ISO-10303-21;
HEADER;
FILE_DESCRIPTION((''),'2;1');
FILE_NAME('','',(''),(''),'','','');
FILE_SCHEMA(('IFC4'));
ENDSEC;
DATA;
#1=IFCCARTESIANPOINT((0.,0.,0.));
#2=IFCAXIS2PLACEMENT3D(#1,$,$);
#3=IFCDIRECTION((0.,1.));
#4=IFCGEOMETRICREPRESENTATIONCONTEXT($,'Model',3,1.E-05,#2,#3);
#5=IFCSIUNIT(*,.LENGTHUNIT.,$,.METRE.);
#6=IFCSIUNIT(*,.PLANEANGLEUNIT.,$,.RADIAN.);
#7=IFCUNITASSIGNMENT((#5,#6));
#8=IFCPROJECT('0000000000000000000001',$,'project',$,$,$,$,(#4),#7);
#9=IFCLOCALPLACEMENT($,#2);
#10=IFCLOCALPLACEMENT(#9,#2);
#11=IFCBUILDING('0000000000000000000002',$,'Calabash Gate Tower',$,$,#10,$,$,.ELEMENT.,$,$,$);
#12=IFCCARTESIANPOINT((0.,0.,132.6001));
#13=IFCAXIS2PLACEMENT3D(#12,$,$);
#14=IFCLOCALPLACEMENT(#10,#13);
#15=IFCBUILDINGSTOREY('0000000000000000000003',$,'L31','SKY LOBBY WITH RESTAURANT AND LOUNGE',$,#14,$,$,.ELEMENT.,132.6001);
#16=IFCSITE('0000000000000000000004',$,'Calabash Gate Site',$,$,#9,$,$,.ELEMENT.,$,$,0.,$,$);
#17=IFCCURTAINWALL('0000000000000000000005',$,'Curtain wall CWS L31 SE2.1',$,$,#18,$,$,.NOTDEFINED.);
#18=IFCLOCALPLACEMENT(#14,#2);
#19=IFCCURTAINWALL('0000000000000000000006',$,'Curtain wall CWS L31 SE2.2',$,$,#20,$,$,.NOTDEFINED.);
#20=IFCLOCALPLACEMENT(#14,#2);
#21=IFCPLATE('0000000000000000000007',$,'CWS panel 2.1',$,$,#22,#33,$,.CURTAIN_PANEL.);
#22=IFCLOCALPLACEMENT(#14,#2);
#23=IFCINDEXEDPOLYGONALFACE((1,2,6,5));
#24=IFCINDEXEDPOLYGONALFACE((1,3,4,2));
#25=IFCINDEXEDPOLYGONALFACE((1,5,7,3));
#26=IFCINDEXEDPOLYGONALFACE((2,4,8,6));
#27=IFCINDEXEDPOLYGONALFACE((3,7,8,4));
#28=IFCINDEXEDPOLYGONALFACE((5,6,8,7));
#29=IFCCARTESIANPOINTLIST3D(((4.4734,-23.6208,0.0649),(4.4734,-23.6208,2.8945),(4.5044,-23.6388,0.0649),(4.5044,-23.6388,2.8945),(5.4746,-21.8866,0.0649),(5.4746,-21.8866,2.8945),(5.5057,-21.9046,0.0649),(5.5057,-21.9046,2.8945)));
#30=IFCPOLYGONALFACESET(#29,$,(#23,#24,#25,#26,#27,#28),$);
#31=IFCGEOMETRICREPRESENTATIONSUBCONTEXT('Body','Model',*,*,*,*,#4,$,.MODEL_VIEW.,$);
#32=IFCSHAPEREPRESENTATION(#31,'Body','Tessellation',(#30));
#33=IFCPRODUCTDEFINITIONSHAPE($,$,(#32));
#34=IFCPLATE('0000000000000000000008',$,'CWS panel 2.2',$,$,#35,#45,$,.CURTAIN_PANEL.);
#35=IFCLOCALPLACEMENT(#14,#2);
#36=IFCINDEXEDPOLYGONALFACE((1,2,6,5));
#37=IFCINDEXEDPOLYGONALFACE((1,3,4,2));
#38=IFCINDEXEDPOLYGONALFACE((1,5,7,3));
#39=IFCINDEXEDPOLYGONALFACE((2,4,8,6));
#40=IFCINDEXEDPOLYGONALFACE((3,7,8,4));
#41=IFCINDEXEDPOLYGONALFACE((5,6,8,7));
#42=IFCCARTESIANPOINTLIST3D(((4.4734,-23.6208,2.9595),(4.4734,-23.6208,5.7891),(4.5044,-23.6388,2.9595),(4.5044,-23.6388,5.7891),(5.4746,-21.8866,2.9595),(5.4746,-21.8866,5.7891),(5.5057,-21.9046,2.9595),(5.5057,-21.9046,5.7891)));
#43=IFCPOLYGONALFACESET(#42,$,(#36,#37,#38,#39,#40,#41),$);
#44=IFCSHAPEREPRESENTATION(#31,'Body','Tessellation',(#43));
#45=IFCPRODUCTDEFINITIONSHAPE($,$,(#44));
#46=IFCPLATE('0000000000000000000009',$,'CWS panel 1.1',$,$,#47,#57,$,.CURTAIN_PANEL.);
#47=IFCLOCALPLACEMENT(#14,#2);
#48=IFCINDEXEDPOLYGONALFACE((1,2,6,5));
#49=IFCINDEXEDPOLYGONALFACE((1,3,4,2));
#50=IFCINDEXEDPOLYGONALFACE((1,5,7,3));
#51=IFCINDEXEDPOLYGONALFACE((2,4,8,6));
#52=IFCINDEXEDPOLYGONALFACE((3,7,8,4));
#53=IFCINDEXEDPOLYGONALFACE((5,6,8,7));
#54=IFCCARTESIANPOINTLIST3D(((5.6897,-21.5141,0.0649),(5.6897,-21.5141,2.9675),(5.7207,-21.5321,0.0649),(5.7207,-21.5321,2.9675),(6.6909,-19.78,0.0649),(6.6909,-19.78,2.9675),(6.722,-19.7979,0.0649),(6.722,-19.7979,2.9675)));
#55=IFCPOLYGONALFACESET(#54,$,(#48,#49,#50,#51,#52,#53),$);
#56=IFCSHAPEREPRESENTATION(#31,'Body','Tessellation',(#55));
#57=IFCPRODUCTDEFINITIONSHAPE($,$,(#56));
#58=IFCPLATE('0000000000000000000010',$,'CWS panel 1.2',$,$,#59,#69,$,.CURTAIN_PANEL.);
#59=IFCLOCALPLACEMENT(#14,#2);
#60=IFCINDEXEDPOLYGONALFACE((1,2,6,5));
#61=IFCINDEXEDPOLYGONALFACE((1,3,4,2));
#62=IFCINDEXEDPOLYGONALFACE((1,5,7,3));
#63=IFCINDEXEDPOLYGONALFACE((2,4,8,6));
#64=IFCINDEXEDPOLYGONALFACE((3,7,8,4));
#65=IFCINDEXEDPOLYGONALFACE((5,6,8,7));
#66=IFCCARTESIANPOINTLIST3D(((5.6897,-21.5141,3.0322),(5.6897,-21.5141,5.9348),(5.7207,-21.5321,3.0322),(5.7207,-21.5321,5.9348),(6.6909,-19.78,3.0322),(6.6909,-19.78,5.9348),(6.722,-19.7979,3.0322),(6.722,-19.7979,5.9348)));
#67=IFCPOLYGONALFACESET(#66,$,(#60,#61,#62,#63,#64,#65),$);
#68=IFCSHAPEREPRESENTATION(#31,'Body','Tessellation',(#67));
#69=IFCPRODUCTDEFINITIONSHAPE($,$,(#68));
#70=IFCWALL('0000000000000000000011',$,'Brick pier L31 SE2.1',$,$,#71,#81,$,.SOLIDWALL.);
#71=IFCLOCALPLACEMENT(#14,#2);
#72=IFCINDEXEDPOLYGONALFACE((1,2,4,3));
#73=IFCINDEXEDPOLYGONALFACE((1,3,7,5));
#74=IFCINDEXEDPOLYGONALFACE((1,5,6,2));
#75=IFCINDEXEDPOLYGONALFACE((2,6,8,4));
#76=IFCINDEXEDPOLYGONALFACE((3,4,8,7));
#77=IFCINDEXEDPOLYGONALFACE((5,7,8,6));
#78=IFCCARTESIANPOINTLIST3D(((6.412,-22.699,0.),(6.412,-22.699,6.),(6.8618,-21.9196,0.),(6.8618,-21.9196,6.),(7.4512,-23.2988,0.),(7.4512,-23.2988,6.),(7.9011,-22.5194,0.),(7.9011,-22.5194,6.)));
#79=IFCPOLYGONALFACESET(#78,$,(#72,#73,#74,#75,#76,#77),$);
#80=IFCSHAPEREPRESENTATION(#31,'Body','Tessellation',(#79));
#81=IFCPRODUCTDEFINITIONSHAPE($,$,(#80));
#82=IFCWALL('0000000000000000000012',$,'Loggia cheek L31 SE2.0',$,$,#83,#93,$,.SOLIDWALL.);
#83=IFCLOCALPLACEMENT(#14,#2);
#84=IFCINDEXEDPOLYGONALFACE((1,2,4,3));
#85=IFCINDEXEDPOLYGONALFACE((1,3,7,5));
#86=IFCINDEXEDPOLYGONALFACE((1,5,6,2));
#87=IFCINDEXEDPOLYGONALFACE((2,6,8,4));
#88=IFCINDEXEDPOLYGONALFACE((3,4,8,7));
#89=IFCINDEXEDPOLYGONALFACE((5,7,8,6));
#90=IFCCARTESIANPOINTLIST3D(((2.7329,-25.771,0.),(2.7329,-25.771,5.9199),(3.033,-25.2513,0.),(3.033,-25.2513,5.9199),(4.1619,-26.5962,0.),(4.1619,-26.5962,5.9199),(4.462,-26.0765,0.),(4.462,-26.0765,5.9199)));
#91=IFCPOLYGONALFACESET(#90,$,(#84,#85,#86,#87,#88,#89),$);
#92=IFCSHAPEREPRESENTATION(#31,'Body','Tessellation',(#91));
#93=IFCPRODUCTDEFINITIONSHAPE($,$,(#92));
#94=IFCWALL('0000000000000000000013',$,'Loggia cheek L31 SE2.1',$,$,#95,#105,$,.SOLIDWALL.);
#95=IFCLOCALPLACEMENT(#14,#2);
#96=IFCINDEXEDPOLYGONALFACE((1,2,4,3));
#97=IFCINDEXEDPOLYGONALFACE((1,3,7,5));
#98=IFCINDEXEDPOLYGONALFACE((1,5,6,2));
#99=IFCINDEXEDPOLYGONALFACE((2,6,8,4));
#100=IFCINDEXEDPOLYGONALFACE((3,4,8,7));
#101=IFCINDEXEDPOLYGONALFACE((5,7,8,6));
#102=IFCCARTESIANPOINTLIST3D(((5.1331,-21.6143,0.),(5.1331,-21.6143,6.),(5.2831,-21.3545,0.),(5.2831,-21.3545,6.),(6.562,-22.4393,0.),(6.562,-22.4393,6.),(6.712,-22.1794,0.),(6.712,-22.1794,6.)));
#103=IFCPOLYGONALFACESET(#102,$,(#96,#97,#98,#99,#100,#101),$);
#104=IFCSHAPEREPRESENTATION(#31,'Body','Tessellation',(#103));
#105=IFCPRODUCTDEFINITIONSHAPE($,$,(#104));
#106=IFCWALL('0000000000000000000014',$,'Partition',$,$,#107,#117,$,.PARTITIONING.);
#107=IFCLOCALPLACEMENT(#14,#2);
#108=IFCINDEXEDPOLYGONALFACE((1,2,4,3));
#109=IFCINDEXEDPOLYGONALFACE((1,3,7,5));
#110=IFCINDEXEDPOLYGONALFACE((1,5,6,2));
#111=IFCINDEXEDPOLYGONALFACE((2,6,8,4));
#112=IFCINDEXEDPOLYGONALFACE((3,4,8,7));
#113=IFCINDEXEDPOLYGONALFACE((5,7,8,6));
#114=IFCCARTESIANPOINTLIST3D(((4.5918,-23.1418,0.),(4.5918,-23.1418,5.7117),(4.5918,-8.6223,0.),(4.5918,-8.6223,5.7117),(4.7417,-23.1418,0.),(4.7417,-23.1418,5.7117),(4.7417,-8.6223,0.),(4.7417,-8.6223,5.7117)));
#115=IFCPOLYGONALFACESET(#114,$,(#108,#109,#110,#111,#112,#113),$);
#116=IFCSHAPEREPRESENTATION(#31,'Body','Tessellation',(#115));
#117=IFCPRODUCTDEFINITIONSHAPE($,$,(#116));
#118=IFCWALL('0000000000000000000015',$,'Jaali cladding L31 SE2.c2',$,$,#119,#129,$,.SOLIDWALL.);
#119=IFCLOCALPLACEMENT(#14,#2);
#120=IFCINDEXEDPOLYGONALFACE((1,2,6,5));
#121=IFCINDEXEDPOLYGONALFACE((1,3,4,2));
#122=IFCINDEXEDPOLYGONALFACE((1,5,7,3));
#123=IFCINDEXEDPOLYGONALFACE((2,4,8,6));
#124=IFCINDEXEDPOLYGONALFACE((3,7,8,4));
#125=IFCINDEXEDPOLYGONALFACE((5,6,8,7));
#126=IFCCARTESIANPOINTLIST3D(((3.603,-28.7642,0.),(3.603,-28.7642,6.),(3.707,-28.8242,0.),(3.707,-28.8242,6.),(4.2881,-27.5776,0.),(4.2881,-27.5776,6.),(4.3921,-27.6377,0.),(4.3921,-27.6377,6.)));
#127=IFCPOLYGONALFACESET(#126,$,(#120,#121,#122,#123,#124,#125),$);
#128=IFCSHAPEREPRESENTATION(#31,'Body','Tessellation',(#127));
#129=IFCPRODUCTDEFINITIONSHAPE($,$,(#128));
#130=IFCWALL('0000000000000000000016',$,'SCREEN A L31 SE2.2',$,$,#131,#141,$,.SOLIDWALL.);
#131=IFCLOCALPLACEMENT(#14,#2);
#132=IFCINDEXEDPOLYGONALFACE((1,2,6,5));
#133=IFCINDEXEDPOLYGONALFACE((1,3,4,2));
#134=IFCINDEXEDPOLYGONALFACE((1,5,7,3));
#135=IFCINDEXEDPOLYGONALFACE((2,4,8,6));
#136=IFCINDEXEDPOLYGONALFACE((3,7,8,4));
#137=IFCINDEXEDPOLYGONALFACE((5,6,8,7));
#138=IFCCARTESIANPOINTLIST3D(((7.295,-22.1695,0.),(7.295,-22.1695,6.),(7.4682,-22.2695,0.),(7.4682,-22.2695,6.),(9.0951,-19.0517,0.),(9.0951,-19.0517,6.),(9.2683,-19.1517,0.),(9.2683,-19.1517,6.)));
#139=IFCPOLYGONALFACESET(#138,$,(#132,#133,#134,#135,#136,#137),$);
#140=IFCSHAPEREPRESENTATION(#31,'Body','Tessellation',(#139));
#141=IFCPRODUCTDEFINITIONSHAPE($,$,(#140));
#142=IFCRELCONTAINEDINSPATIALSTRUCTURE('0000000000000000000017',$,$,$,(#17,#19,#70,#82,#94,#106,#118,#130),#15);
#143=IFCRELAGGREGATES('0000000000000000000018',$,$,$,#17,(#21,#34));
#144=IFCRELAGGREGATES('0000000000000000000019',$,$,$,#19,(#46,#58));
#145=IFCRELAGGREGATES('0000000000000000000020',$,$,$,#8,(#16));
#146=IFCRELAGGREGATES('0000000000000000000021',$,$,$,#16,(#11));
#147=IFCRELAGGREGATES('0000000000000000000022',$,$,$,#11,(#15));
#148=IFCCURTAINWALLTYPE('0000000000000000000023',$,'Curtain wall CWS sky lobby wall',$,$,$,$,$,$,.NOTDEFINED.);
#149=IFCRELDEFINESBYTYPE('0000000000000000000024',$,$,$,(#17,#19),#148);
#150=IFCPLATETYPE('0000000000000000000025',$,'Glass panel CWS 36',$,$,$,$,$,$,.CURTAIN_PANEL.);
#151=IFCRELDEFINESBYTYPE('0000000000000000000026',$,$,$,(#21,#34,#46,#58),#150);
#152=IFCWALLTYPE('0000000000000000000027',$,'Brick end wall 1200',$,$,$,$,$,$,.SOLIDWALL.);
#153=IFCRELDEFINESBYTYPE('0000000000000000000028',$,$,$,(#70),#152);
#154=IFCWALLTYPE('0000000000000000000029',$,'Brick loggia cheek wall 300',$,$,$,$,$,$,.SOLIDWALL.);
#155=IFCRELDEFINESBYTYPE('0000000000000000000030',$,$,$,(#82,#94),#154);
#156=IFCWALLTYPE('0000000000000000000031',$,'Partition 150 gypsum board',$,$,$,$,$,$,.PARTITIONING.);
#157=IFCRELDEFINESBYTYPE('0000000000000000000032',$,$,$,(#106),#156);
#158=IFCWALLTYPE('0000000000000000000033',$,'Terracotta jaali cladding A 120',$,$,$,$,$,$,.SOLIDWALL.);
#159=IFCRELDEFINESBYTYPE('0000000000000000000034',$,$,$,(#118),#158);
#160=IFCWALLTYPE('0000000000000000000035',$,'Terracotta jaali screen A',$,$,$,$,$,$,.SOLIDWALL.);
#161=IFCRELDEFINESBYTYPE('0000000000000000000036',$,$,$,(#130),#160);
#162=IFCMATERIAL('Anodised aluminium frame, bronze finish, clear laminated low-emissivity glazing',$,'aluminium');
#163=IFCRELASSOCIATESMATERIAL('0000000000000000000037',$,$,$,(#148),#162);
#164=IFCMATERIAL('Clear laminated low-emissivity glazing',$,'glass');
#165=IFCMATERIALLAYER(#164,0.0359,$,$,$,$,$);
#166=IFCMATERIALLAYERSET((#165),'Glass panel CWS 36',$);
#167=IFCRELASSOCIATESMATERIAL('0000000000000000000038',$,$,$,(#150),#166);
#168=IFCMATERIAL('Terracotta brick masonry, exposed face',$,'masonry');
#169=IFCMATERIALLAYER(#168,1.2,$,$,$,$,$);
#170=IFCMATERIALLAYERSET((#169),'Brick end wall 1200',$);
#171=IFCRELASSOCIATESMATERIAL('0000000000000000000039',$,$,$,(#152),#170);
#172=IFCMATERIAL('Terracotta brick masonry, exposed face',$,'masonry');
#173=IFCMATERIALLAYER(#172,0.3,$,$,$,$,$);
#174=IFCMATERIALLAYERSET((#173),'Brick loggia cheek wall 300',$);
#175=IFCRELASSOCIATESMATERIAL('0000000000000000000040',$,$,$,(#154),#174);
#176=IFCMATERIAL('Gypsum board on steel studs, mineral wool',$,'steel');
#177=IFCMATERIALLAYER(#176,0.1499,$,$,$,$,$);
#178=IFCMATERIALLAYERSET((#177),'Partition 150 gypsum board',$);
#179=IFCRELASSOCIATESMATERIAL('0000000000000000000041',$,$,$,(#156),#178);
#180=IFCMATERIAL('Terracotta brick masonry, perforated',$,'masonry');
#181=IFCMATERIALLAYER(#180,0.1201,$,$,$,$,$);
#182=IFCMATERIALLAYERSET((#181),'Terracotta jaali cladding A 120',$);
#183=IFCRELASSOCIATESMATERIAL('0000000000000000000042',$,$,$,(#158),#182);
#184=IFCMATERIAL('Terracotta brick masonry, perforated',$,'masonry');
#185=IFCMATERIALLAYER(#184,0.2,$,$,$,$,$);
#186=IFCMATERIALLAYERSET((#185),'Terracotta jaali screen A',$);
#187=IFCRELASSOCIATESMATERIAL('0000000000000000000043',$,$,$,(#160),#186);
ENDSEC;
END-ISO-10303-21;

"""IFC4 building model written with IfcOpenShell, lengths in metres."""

from ifc_helpers import new_model, si_unit, direction, frame, frame_2d, origin, origin_2d, place, context, subcontext, project, spatial, rectangle, extrude, material, layer, layer_set, type_object, element, aggregate, save


model = new_model("IFC4")

# Units and contexts
model_context = context("Model", 3, precision=1e-05, world=origin(), true_north=direction((0.0, 1.0)))
body_context = subcontext(model_context, "Body", "Model", "MODEL_VIEW")
ifc_project = project(units=[si_unit("LENGTHUNIT", "METRE"), si_unit("PLANEANGLEUNIT", "RADIAN")], contexts=[model_context])

# Site, building, storey
site_placement = place(None, origin())
site = spatial("IfcSite", under=ifc_project, at=site_placement, Name="Calabash Gate Site", CompositionType="ELEMENT", RefElevation=0.0)
building_placement = place(site_placement, origin())
building = spatial("IfcBuilding", under=site, at=building_placement, Name="Calabash Gate Tower", CompositionType="ELEMENT")
storey_placement = place(building_placement, frame((0.0, 0.0, 132.6001)))
storey = spatial("IfcBuildingStorey", under=building, at=storey_placement, Name="L31", Description="SKY LOBBY WITH RESTAURANT AND LOUNGE", CompositionType="ELEMENT", Elevation=132.6001)

# Curtain walls
ifc_material_1 = material(Name="Anodised aluminium frame, bronze finish, clear laminated low-emissivity glazing", Category="aluminium")
curtain_wall_type = type_object("IfcCurtainWallType", Name="Curtain wall CWS sky lobby wall", PredefinedType="NOTDEFINED", material=ifc_material_1)
curtain_wall_1_placement = place(storey_placement, origin())
curtain_wall_1 = element("IfcCurtainWall", 1, at=curtain_wall_1_placement, inside=storey, type_object=curtain_wall_type, Name="Curtain wall CWS L31 SE2.1", PredefinedType="NOTDEFINED")
curtain_wall_2_placement = place(storey_placement, origin())
curtain_wall_2 = element("IfcCurtainWall", 2, at=curtain_wall_2_placement, inside=storey, type_object=curtain_wall_type, Name="Curtain wall CWS L31 SE2.2", PredefinedType="NOTDEFINED")

# Plates
ifc_material_2 = material(Name="Clear laminated low-emissivity glazing", Category="glass")
ifc_layer_1 = layer(ifc_material_2, 0.0359)
ifc_layer_set_1 = layer_set([ifc_layer_1], Name="Glass panel CWS 36")
plate_type = type_object("IfcPlateType", Name="Glass panel CWS 36", PredefinedType="CURTAIN_PANEL", material=ifc_layer_set_1)
plate_1_placement = place(storey_placement, frame((4.9895, -22.7627, 0.0649), z_axis=(0.0, 0.0, 1.0), x_axis=(0.5, 0.866025, 0.0)))
plate_1 = element("IfcPlate", 3, at=plate_1_placement, type_object=plate_type, Name="CWS panel 2.1", PredefinedType="CURTAIN_PANEL", context=body_context, shape_type="SweptSolid", body=[
    extrude(rectangle(XDim=2.0024, YDim=0.0359, at=origin_2d()), origin(), (0.0, 0.0, 1.0), 2.8296),
])
plate_2_placement = place(storey_placement, frame((4.9895, -22.7627, 2.9595), z_axis=(0.0, 0.0, 1.0), x_axis=(0.5, 0.866025, 0.0)))
plate_2 = element("IfcPlate", 4, at=plate_2_placement, type_object=plate_type, Name="CWS panel 2.2", PredefinedType="CURTAIN_PANEL", context=body_context, shape_type="SweptSolid", body=[
    extrude(rectangle(XDim=2.0024, YDim=0.0359, at=origin_2d()), origin(), (0.0, 0.0, 1.0), 2.8296),
])
aggregate(curtain_wall_1, [plate_1, plate_2])
plate_3_placement = place(storey_placement, frame((6.2058, -20.656, 0.0649), z_axis=(0.0, 0.0, 1.0), x_axis=(0.5, 0.866025, 0.0)))
plate_3 = element("IfcPlate", 5, at=plate_3_placement, type_object=plate_type, Name="CWS panel 1.1", PredefinedType="CURTAIN_PANEL", context=body_context, shape_type="SweptSolid", body=[
    extrude(rectangle(XDim=2.0024, YDim=0.0359, at=origin_2d()), origin(), (0.0, 0.0, 1.0), 2.9026),
])
plate_4_placement = place(storey_placement, frame((6.2058, -20.656, 3.0322), z_axis=(0.0, 0.0, 1.0), x_axis=(0.5, 0.866025, 0.0)))
plate_4 = element("IfcPlate", 6, at=plate_4_placement, type_object=plate_type, Name="CWS panel 1.2", PredefinedType="CURTAIN_PANEL", context=body_context, shape_type="SweptSolid", body=[
    extrude(rectangle(XDim=2.0024, YDim=0.0359, at=origin_2d()), origin(), (0.0, 0.0, 1.0), 2.9026),
])
aggregate(curtain_wall_2, [plate_3, plate_4])

# Walls
ifc_material_3 = material(Name="Terracotta brick masonry, exposed face", Category="masonry")
ifc_layer_2 = layer(ifc_material_3, 1.2)
ifc_layer_set_2 = layer_set([ifc_layer_2], Name="Brick end wall 1200")
wall_type_1 = type_object("IfcWallType", Name="Brick end wall 1200", PredefinedType="SOLIDWALL", material=ifc_layer_set_2)
wall_1_placement = place(storey_placement, frame((7.6763, -22.9092, 0.0), z_axis=(0.0, 0.0, 1.0), x_axis=(-0.866094, 0.499881, 0.0)))
element("IfcWall", 7, at=wall_1_placement, inside=storey, type_object=wall_type_1, Name="Brick pier L31 SE2.1", PredefinedType="SOLIDWALL", context=body_context, shape_type="SweptSolid", body=[
    extrude(rectangle(XDim=1.2, YDim=0.8999, at=frame_2d((0.6001, 0.0))), origin(), (0.0, 0.0, 1.0), 6.0),
])
ifc_material_4 = material(Name="Terracotta brick masonry, exposed face", Category="masonry")
ifc_layer_3 = layer(ifc_material_4, 0.3)
ifc_layer_set_3 = layer_set([ifc_layer_3], Name="Brick loggia cheek wall 300")
wall_type_2 = type_object("IfcWallType", Name="Brick loggia cheek wall 300", PredefinedType="SOLIDWALL", material=ifc_layer_set_3)
wall_2_placement = place(storey_placement, frame((4.312, -26.3364, 0.0), z_axis=(0.0, 0.0, 1.0), x_axis=(-0.865976, 0.500085, 0.0)))
element("IfcWall", 8, at=wall_2_placement, inside=storey, type_object=wall_type_2, Name="Loggia cheek L31 SE2.0", PredefinedType="SOLIDWALL", context=body_context, shape_type="SweptSolid", body=[
    extrude(rectangle(XDim=1.6501, YDim=0.6001, at=frame_2d((0.8252, 0.0))), origin(), (0.0, 0.0, 1.0), 5.9199),
])
wall_3_placement = place(storey_placement, frame((6.637, -22.3093, 0.0), z_axis=(0.0, 0.0, 1.0), x_axis=(-0.86604, 0.499974, 0.0)))
element("IfcWall", 9, at=wall_3_placement, inside=storey, type_object=wall_type_2, Name="Loggia cheek L31 SE2.1", PredefinedType="SOLIDWALL", context=body_context, shape_type="SweptSolid", body=[
    extrude(rectangle(XDim=1.6499, YDim=0.3, at=frame_2d((0.825, 0.0))), origin(), (0.0, 0.0, 1.0), 6.0),
])
ifc_material_5 = material(Name="Gypsum board on steel studs, mineral wool", Category="steel")
ifc_layer_4 = layer(ifc_material_5, 0.1499)
ifc_layer_set_4 = layer_set([ifc_layer_4], Name="Partition 150 gypsum board")
wall_type_3 = type_object("IfcWallType", Name="Partition 150 gypsum board", PredefinedType="PARTITIONING", material=ifc_layer_set_4)
wall_4_placement = place(storey_placement, frame((4.6667, -23.1418, 0.0), z_axis=(0.0, 0.0, 1.0), x_axis=(0.0, 1.0, 0.0)))
element("IfcWall", 10, at=wall_4_placement, inside=storey, type_object=wall_type_3, Name="Partition", PredefinedType="PARTITIONING", context=body_context, shape_type="SweptSolid", body=[
    extrude(rectangle(XDim=14.5195, YDim=0.1499, at=frame_2d((7.2598, 0.0))), origin(), (0.0, 0.0, 1.0), 5.7117),
])
ifc_material_6 = material(Name="Terracotta brick masonry, perforated", Category="masonry")
ifc_layer_5 = layer(ifc_material_6, 0.1201)
ifc_layer_set_5 = layer_set([ifc_layer_5], Name="Terracotta jaali cladding A 120")
wall_type_4 = type_object("IfcWallType", Name="Terracotta jaali cladding A 120", PredefinedType="SOLIDWALL", material=ifc_layer_set_5)
wall_5_placement = place(storey_placement, frame((3.655, -28.7942, 0.0), z_axis=(0.0, 0.0, 1.0), x_axis=(0.50001, 0.866019, 0.0)))
element("IfcWall", 11, at=wall_5_placement, inside=storey, type_object=wall_type_4, Name="Jaali cladding L31 SE2.c2", PredefinedType="SOLIDWALL", context=body_context, shape_type="SweptSolid", body=[
    extrude(rectangle(XDim=1.3701, YDim=0.1201, at=frame_2d((0.6851, 0.0))), origin(), (0.0, 0.0, 1.0), 6.0),
])
ifc_material_7 = material(Name="Terracotta brick masonry, perforated", Category="masonry")
ifc_layer_6 = layer(ifc_material_7, 0.2)
ifc_layer_set_6 = layer_set([ifc_layer_6], Name="Terracotta jaali screen A")
wall_type_5 = type_object("IfcWallType", Name="Terracotta jaali screen A", PredefinedType="SOLIDWALL", material=ifc_layer_set_6)
wall_6_placement = place(storey_placement, frame((7.3816, -22.2195, 0.0), z_axis=(0.0, 0.0, 1.0), x_axis=(0.500012, 0.866018, 0.0)))
element("IfcWall", 12, at=wall_6_placement, inside=storey, type_object=wall_type_5, Name="SCREEN A L31 SE2.2", PredefinedType="SOLIDWALL", context=body_context, shape_type="SweptSolid", body=[
    extrude(rectangle(XDim=3.6001, YDim=0.2, at=frame_2d((1.8, 0.0))), origin(), (0.0, 0.0, 1.0), 6.0),
])

save(model, "model.ifc")
